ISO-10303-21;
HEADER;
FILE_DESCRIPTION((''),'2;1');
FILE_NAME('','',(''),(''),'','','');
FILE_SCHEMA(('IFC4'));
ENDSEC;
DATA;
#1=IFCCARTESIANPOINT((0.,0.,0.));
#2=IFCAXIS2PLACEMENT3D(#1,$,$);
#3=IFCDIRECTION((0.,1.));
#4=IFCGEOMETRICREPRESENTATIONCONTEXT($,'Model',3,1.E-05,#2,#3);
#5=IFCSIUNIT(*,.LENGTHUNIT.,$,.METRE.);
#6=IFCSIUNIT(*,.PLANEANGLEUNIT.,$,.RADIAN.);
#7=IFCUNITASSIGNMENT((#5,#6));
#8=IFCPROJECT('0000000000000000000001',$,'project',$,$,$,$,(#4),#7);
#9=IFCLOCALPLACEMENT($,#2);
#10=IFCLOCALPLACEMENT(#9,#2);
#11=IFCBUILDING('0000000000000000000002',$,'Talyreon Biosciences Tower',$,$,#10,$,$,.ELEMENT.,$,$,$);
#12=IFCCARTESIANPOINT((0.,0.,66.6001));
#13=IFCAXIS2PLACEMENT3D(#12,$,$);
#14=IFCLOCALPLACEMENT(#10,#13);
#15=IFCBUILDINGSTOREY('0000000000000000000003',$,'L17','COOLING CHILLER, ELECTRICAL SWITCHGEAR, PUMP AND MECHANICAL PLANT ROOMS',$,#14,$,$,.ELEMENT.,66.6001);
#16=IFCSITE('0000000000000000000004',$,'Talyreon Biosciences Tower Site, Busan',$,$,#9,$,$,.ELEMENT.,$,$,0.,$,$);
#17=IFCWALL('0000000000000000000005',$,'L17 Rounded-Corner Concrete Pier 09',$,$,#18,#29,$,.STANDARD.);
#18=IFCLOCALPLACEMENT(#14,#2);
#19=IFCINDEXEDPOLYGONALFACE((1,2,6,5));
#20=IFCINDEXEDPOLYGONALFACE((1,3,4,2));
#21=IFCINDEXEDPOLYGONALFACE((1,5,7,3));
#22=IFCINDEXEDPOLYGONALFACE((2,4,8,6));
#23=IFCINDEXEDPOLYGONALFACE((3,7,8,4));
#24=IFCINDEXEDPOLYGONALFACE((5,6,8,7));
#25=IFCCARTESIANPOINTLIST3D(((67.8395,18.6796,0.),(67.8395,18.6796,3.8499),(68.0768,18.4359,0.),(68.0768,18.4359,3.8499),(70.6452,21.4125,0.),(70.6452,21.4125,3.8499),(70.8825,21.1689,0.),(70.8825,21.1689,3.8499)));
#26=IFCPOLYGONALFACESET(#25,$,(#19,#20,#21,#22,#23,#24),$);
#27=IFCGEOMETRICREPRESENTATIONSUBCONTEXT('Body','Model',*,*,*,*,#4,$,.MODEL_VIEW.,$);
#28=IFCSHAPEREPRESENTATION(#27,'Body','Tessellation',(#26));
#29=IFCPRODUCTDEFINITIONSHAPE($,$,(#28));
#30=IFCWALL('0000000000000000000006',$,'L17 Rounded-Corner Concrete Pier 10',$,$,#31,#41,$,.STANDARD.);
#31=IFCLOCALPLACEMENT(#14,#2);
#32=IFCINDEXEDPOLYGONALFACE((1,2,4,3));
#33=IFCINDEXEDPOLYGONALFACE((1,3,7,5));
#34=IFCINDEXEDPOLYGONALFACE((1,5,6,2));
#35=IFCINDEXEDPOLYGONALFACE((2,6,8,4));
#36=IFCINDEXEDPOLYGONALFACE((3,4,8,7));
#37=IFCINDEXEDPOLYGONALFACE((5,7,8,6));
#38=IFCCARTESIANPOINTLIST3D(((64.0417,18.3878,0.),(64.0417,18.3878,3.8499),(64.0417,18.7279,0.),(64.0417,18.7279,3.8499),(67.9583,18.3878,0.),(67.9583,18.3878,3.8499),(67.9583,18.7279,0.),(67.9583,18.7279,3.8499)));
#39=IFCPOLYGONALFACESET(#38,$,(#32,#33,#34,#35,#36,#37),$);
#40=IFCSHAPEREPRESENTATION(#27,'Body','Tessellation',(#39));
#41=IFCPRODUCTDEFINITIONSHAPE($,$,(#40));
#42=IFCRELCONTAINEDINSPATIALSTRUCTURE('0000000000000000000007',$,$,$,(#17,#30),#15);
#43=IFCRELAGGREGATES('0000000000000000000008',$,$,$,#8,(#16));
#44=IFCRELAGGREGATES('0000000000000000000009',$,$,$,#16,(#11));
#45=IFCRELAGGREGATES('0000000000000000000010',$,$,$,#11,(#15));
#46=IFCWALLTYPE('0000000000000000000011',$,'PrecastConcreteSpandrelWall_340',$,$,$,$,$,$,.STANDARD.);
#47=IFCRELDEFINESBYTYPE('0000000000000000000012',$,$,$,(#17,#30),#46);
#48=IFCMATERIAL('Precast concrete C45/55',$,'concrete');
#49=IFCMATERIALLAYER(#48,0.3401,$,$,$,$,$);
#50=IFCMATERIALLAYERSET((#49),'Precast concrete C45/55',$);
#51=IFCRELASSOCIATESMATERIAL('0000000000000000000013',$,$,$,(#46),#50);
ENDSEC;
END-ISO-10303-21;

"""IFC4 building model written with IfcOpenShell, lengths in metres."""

from ifc_helpers import new_model, si_unit, direction, frame, frame_2d, origin, place, context, subcontext, project, spatial, rectangle, extrude, material, layer, layer_set, type_object, element, save


model = new_model("IFC4")

# Units and contexts
model_context = context("Model", 3, precision=1e-05, world=origin(), true_north=direction((0.0, 1.0)))
body_context = subcontext(model_context, "Body", "Model", "MODEL_VIEW")
ifc_project = project(units=[si_unit("LENGTHUNIT", "METRE"), si_unit("PLANEANGLEUNIT", "RADIAN")], contexts=[model_context])

# Site, building, storey
site_placement = place(None, origin())
site = spatial("IfcSite", under=ifc_project, at=site_placement, Name="Talyreon Biosciences Tower Site, Busan", CompositionType="ELEMENT", RefElevation=0.0)
building_placement = place(site_placement, origin())
building = spatial("IfcBuilding", under=site, at=building_placement, Name="Talyreon Biosciences Tower", CompositionType="ELEMENT")
storey_placement = place(building_placement, frame((0.0, 0.0, 66.6001)))
storey = spatial("IfcBuildingStorey", under=building, at=storey_placement, Name="L17", Description="COOLING CHILLER, ELECTRICAL SWITCHGEAR, PUMP AND MECHANICAL PLANT ROOMS", CompositionType="ELEMENT", Elevation=66.6001)

# Shared definitions
ifc_material_1 = material(Name="Precast concrete C45/55", Category="concrete")

# Walls
ifc_layer_1 = layer(ifc_material_1, 0.3401)
ifc_layer_set_1 = layer_set([ifc_layer_1], Name="Precast concrete C45/55")
wall_type = type_object("IfcWallType", Name="PrecastConcreteSpandrelWall_340", PredefinedType="STANDARD", material=ifc_layer_set_1)
wall_1_placement = place(storey_placement, frame((70.7639, 21.2908, 0.0), z_axis=(0.0, 0.0, 1.0), x_axis=(-0.716333, -0.697758, 0.0)))
element("IfcWall", 1, at=wall_1_placement, inside=storey, type_object=wall_type, Name="L17 Rounded-Corner Concrete Pier 09", PredefinedType="STANDARD", context=body_context, shape_type="SweptSolid", body=[
    extrude(rectangle(XDim=3.9167, YDim=0.3401, at=frame_2d((1.9585, 0.0))), origin(), (0.0, 0.0, 1.0), 3.8499),
])
wall_2_placement = place(storey_placement, frame((67.9583, 18.5579, 0.0), z_axis=(0.0, 0.0, 1.0), x_axis=(-1.0, 0.0, 0.0)))
element("IfcWall", 2, at=wall_2_placement, inside=storey, type_object=wall_type, Name="L17 Rounded-Corner Concrete Pier 10", PredefinedType="STANDARD", context=body_context, shape_type="SweptSolid", body=[
    extrude(rectangle(XDim=3.9165, YDim=0.3401, at=frame_2d((1.9583, 0.0))), origin(), (0.0, 0.0, 1.0), 3.8499),
])

save(model, "model.ifc")
